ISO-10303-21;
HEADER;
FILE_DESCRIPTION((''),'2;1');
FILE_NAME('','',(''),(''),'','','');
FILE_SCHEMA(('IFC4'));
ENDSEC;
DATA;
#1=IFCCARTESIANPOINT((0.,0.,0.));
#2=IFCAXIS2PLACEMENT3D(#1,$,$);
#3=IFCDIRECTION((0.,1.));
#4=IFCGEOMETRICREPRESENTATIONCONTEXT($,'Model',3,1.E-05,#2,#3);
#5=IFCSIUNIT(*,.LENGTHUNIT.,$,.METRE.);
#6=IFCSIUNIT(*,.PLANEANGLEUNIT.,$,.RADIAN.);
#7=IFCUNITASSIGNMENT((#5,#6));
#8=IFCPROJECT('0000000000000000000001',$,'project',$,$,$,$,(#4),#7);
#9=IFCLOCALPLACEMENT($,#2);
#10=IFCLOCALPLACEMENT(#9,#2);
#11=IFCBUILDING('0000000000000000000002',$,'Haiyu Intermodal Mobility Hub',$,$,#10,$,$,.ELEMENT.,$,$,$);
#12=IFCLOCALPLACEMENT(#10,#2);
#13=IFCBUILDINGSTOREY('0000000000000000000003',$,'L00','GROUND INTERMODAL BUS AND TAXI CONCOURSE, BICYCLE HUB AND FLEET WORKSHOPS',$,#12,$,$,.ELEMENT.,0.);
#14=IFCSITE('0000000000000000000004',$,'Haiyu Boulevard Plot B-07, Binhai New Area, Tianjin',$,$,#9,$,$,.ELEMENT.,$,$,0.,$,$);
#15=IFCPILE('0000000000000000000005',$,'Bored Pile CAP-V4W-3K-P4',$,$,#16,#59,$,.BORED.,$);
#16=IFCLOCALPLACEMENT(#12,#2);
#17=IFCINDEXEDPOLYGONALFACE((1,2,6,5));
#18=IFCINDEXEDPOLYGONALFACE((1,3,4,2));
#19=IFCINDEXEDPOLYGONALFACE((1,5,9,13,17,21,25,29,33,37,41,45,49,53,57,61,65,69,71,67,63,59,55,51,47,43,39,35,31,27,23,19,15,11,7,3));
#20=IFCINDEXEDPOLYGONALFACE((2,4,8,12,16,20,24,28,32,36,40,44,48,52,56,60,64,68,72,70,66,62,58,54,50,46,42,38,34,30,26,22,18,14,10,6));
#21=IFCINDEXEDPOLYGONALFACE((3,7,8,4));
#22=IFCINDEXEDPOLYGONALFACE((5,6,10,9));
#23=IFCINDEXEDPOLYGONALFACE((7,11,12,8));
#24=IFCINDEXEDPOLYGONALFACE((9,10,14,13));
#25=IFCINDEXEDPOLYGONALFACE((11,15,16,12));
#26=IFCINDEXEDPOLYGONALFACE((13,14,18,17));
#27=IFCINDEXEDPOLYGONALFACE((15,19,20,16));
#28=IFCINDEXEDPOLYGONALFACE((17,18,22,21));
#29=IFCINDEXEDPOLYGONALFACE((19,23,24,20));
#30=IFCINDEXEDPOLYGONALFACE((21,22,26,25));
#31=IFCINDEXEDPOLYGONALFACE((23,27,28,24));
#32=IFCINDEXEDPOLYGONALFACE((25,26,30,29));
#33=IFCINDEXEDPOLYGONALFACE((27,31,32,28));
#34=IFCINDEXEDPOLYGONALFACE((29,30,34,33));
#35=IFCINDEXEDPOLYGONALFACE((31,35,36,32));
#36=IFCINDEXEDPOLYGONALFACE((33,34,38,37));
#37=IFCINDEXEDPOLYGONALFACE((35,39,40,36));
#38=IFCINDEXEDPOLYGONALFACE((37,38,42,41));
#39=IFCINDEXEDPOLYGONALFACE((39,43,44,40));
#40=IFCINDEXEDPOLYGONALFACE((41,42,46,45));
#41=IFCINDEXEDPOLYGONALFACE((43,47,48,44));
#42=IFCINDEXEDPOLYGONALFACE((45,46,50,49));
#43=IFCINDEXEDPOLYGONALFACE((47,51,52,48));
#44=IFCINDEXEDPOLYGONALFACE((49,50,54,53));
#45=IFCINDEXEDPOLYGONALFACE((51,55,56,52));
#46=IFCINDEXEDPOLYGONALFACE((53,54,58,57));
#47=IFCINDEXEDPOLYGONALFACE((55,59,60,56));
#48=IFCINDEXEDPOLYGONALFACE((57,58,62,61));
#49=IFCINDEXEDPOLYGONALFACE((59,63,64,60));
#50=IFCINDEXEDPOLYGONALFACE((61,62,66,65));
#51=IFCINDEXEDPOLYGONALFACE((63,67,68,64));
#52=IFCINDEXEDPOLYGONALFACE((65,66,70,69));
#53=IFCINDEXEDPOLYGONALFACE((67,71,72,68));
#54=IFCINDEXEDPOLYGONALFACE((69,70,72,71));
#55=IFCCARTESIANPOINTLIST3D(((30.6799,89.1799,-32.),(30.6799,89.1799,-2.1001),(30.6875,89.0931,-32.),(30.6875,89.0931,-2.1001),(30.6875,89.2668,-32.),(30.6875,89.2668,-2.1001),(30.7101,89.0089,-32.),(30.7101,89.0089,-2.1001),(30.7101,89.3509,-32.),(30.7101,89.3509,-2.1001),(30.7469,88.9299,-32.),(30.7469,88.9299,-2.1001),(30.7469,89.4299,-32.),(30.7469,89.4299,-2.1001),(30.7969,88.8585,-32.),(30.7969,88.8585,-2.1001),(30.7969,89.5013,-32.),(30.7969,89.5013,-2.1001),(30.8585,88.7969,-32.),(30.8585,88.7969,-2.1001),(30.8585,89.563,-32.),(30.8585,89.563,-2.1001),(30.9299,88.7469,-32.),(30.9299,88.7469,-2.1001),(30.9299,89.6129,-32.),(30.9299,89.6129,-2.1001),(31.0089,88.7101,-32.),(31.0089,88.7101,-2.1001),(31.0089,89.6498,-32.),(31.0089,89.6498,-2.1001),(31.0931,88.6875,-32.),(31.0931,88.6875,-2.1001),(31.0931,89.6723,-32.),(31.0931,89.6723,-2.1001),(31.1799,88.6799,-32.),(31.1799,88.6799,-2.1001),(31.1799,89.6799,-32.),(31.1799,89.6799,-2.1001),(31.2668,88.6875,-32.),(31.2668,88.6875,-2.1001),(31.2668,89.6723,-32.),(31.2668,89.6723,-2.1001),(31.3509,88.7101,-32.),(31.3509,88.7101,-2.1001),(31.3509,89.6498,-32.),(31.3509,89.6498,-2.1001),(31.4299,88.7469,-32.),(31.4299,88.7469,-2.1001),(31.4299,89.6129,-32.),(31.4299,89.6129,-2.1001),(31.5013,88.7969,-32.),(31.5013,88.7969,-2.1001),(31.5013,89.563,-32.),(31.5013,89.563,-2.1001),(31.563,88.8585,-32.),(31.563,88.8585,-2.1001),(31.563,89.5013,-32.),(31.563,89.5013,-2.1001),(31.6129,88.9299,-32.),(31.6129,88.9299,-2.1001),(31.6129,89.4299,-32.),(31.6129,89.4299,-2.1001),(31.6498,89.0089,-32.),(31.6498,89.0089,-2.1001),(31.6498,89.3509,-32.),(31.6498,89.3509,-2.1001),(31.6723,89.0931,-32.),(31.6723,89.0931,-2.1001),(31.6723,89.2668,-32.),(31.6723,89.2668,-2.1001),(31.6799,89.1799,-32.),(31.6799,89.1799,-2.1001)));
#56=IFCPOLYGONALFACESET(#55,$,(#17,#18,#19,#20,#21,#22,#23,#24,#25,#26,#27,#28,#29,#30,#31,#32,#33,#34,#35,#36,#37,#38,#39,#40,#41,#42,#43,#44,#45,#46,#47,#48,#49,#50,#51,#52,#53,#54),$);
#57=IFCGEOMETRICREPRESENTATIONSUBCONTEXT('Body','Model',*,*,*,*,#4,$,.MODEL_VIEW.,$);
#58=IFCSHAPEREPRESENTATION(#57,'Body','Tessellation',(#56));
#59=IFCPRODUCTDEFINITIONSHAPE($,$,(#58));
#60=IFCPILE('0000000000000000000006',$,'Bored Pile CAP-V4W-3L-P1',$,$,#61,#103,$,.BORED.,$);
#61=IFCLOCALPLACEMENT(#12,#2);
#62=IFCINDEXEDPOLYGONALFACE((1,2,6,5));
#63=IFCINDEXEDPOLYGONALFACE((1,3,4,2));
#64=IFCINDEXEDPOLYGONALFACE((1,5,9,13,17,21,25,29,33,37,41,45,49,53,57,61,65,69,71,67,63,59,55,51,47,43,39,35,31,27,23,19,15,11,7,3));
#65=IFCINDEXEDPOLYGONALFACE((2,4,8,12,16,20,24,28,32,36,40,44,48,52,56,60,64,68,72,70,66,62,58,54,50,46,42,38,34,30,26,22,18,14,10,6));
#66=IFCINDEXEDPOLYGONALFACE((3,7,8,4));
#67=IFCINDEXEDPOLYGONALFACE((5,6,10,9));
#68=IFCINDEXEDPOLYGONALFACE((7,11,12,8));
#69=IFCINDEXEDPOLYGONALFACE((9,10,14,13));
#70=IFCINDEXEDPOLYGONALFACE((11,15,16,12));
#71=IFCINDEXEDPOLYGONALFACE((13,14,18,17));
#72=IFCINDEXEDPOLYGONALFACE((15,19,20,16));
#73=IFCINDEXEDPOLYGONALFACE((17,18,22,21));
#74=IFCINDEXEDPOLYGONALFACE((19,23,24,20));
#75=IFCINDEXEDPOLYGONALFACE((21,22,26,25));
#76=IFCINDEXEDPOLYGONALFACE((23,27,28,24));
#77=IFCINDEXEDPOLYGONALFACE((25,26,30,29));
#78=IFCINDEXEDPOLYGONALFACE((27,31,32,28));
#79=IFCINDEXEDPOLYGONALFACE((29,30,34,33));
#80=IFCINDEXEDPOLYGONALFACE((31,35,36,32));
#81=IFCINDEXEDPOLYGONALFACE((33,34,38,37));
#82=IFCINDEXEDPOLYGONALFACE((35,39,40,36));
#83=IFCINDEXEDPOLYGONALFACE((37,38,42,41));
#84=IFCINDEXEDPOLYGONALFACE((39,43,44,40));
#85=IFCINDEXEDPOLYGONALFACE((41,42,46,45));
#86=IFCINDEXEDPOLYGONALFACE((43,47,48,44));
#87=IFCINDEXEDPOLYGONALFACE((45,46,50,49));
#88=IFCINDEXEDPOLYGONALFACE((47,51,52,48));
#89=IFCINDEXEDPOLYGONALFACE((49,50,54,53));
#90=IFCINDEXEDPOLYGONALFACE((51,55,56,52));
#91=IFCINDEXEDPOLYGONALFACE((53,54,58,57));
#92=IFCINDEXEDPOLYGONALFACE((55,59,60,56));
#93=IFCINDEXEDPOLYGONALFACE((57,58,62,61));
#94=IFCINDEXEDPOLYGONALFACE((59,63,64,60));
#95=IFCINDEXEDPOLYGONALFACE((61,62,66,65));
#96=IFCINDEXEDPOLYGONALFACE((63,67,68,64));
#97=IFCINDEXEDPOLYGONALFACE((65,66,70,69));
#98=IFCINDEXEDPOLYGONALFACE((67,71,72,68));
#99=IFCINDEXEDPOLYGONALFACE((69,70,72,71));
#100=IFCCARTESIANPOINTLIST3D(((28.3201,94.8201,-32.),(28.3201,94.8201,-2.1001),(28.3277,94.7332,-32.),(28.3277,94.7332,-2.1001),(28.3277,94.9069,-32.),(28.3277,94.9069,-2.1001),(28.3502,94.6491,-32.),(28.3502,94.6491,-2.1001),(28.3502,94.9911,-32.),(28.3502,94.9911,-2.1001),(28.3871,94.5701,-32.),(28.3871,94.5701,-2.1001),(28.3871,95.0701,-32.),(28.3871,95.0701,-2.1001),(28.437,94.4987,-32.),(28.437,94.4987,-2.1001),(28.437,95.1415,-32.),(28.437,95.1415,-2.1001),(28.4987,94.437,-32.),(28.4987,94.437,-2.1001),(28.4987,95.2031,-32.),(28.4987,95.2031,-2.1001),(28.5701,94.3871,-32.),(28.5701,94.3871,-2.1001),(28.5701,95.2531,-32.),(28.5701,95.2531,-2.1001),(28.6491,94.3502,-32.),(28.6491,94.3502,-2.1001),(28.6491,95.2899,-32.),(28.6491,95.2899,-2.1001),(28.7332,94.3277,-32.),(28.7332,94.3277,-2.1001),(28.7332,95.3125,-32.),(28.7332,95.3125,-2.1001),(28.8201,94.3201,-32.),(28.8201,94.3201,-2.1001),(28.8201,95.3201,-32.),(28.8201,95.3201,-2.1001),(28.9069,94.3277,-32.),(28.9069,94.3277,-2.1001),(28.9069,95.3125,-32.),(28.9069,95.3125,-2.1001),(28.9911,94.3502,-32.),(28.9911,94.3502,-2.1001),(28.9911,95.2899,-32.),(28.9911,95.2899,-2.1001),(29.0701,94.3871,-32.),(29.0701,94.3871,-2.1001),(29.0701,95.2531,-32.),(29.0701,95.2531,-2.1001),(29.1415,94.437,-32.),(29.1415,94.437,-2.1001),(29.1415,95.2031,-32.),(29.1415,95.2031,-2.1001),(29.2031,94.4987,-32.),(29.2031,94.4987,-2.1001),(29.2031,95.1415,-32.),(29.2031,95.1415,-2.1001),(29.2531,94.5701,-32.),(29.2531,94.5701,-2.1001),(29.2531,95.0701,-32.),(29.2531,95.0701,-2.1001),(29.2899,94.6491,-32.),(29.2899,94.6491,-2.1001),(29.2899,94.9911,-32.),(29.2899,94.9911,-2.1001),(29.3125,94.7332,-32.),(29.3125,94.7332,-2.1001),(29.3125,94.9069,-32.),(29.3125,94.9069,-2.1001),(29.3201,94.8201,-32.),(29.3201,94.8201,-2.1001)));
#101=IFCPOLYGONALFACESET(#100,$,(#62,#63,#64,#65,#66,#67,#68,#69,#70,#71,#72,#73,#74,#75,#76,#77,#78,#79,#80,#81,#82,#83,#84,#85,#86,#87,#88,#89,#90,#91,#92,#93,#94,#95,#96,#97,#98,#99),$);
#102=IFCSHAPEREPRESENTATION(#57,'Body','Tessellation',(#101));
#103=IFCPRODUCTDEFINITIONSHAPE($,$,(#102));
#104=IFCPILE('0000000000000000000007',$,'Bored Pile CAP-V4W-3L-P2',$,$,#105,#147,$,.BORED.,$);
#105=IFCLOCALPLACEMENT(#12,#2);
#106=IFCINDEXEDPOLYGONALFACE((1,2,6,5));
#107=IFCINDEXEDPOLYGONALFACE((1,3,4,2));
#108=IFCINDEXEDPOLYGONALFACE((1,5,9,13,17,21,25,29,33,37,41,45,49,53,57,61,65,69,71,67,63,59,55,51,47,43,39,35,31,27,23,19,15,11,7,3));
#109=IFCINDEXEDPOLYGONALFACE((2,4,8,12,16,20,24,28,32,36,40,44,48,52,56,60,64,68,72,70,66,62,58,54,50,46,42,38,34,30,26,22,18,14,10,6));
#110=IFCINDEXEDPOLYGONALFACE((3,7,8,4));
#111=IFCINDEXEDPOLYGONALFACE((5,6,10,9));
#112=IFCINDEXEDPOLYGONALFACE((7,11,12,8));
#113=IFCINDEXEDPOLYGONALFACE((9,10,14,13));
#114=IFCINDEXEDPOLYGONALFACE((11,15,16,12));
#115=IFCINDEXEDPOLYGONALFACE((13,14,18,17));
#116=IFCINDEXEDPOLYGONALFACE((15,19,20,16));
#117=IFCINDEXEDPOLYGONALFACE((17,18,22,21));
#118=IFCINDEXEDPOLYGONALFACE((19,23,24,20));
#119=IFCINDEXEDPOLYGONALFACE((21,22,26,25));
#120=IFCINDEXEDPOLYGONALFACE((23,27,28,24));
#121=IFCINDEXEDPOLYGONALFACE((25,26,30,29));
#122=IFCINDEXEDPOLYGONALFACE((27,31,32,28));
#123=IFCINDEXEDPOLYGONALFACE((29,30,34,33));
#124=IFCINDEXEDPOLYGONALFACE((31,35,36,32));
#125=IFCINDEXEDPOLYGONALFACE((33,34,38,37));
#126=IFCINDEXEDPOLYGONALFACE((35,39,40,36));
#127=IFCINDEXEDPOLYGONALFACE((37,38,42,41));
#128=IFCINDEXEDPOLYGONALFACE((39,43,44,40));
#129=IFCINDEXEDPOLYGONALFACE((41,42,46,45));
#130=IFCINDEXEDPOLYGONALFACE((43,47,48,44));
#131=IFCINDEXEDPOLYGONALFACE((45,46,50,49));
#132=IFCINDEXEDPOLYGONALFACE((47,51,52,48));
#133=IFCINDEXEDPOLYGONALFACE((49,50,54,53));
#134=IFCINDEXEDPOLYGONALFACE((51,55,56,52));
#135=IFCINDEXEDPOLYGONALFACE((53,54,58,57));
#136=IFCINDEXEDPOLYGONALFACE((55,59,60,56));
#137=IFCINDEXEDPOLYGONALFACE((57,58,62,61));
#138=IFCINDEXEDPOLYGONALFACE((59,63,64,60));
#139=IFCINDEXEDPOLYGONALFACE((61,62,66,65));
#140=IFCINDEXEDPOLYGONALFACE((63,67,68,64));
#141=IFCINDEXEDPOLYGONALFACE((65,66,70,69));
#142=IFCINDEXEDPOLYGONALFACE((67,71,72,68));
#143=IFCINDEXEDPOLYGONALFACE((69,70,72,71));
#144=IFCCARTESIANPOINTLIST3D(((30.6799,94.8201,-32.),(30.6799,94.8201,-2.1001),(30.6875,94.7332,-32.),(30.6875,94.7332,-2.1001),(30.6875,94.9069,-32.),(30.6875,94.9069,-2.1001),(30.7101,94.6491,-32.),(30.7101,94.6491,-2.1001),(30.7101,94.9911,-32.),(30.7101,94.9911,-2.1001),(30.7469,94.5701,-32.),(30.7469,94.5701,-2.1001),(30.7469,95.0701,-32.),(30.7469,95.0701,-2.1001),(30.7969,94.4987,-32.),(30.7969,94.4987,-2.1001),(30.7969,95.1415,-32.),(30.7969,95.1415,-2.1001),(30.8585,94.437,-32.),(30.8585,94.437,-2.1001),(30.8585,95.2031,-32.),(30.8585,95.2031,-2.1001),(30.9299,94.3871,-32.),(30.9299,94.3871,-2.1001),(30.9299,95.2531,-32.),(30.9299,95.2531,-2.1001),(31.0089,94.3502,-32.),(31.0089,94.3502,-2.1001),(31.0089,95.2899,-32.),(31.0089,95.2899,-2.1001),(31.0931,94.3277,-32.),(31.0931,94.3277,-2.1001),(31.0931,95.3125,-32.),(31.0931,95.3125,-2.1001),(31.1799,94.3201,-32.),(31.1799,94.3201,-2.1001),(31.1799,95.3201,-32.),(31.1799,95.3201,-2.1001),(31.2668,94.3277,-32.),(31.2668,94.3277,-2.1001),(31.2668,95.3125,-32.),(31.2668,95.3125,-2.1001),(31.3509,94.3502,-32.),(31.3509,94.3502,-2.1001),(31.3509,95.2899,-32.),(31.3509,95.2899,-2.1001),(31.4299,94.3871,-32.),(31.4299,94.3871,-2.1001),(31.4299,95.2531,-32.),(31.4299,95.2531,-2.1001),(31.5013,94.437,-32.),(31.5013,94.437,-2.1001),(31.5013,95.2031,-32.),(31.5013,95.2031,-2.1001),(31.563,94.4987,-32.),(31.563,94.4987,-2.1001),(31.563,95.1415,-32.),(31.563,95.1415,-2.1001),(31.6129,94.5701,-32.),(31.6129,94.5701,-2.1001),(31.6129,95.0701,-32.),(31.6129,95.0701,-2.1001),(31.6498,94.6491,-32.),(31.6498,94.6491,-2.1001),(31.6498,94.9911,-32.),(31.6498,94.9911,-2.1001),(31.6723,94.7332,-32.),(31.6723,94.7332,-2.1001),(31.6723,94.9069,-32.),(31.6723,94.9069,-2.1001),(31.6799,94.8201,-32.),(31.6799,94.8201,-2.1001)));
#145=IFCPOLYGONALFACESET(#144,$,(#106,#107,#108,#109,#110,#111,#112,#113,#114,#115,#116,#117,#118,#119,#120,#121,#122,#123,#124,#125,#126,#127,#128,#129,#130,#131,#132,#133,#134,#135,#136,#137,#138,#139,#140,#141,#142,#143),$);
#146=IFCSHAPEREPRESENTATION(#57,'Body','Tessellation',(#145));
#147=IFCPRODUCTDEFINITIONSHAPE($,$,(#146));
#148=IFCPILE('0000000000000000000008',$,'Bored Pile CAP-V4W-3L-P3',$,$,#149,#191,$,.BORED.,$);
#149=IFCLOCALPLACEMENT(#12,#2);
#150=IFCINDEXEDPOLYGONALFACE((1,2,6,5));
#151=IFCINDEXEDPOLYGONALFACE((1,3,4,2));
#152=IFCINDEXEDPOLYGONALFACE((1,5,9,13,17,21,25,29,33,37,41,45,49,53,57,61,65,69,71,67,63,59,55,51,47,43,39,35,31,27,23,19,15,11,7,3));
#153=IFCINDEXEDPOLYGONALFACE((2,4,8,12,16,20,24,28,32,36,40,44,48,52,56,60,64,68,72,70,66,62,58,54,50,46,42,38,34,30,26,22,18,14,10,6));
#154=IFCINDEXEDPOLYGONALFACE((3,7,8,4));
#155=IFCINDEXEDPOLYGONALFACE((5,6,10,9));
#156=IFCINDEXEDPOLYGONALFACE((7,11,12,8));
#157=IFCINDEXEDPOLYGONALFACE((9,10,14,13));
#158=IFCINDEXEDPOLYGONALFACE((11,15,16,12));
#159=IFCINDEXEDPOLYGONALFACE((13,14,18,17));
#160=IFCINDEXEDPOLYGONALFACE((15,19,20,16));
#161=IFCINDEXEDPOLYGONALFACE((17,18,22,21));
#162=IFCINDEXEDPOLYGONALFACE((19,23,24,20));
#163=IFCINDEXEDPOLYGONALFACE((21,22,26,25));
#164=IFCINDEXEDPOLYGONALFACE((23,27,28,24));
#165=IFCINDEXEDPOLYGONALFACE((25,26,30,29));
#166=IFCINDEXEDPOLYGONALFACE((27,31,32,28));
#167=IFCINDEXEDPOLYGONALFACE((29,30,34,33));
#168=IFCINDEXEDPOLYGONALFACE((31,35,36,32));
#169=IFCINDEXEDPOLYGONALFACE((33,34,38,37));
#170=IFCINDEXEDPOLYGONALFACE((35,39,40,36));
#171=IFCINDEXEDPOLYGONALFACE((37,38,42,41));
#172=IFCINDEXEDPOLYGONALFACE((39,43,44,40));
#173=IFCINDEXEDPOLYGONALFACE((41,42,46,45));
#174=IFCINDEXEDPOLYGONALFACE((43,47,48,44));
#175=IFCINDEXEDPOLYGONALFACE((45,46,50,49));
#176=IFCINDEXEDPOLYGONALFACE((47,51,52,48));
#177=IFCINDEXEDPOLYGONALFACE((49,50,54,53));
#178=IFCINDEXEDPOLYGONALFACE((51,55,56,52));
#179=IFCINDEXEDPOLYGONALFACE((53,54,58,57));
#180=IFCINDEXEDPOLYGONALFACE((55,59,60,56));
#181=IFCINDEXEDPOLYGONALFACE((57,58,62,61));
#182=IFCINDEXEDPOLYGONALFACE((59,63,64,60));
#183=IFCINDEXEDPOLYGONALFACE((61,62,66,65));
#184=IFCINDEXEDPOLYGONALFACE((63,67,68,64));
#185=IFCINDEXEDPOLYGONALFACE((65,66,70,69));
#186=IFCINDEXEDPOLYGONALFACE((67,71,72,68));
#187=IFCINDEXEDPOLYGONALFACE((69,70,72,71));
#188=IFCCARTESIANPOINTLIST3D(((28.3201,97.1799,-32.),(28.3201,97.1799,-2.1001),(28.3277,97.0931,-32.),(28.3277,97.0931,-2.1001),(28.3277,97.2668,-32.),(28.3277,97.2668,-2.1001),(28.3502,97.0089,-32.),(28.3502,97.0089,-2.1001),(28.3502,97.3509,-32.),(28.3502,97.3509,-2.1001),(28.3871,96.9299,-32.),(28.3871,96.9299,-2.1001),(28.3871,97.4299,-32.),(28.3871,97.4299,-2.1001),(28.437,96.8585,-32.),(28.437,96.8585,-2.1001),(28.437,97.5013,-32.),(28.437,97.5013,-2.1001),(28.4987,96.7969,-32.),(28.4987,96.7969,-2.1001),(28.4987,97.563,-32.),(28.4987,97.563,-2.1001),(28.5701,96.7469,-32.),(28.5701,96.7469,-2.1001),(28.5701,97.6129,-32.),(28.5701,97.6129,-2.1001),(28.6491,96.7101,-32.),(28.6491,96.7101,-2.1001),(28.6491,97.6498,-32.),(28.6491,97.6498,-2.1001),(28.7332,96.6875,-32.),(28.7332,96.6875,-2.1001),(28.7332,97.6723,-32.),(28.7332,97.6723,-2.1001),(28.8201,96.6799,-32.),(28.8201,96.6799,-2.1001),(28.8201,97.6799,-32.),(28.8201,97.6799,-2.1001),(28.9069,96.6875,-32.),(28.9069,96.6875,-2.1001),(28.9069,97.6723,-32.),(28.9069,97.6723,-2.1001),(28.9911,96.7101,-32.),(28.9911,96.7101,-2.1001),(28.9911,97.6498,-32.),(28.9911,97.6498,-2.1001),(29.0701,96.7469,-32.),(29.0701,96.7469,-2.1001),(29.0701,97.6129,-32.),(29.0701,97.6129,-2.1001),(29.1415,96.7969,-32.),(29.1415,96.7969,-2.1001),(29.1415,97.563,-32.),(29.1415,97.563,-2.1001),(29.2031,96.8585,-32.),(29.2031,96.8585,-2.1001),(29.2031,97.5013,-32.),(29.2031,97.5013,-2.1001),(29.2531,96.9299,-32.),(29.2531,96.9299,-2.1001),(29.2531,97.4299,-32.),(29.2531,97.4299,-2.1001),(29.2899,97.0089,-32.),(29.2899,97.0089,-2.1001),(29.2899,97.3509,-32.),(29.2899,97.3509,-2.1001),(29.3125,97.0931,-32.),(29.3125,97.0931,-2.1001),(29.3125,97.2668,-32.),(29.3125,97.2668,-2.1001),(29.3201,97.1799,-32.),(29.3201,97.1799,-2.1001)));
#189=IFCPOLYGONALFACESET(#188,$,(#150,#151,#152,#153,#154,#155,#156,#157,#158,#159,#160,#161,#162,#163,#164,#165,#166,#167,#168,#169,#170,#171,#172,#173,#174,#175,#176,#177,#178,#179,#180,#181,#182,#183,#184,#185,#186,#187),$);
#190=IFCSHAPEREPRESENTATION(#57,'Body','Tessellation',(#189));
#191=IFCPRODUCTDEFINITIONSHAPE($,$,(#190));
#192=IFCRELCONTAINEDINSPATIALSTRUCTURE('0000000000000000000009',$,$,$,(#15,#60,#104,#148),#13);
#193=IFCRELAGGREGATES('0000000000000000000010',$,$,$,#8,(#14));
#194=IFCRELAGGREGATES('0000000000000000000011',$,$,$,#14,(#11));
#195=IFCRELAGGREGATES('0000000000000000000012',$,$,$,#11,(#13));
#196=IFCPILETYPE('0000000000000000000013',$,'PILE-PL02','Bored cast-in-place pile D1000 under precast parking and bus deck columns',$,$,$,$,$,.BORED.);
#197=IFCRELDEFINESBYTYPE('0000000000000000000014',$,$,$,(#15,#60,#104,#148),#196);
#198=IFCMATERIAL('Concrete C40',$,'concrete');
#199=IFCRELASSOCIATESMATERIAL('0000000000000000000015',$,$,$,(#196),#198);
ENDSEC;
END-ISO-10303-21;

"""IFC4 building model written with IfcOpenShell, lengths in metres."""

from ifc_helpers import new_model, si_unit, direction, frame, origin, origin_2d, place, context, subcontext, project, spatial, circle, extrude, material, material_profile, profile_set, type_object, element, save


model = new_model("IFC4")

# Units and contexts
model_context = context("Model", 3, precision=1e-05, world=origin(), true_north=direction((0.0, 1.0)))
body_context = subcontext(model_context, "Body", "Model", "MODEL_VIEW")
ifc_project = project(units=[si_unit("LENGTHUNIT", "METRE"), si_unit("PLANEANGLEUNIT", "RADIAN")], contexts=[model_context])

# Site, building, storey
site_placement = place(None, origin())
site = spatial("IfcSite", under=ifc_project, at=site_placement, Name="Haiyu Boulevard Plot B-07, Binhai New Area, Tianjin", CompositionType="ELEMENT", RefElevation=0.0)
building_placement = place(site_placement, origin())
building = spatial("IfcBuilding", under=site, at=building_placement, Name="Haiyu Intermodal Mobility Hub", CompositionType="ELEMENT")
storey_placement = place(building_placement, origin())
storey = spatial("IfcBuildingStorey", under=building, at=storey_placement, Name="L00", Description="GROUND INTERMODAL BUS AND TAXI CONCOURSE, BICYCLE HUB AND FLEET WORKSHOPS", CompositionType="ELEMENT", Elevation=0.0)

# Shared definitions
ifc_material_1 = material(Name="Concrete C40", Category="concrete")

# Piles
ifc_material_profile_1 = material_profile(ifc_material_1, circle(Radius=0.5, at=origin_2d()), Name="PILE-D1000")
ifc_profile_set_1 = profile_set([ifc_material_profile_1], Name="Concrete C40")
pile_type = type_object("IfcPileType", Name="PILE-PL02", Description="Bored cast-in-place pile D1000 under precast parking and bus deck columns", PredefinedType="BORED", material=ifc_profile_set_1)
for number, where, z_axis, x_axis, name in (
    (1, (31.1799, 89.1799, -2.1001), (0.0, 0.0, -1.0), (1.0, 0.0, 0.0), "Bored Pile CAP-V4W-3K-P4"),
    (2, (28.8201, 94.8201, -2.1001), (0.0, 0.0, -1.0), (1.0, 0.0, 0.0), "Bored Pile CAP-V4W-3L-P1"),
    (3, (31.1799, 94.8201, -2.1001), (0.0, 0.0, -1.0), (1.0, 0.0, 0.0), "Bored Pile CAP-V4W-3L-P2"),
    (4, (28.8201, 97.1799, -2.1001), (0.0, 0.0, -1.0), (1.0, 0.0, 0.0), "Bored Pile CAP-V4W-3L-P3"),
):
    element("IfcPile", number, at=place(storey_placement, frame(where, z_axis=z_axis, x_axis=x_axis)), inside=storey, type_object=pile_type, Name=name, PredefinedType="BORED", context=body_context, shape_type="SweptSolid", body=[
        extrude(circle(Radius=0.5, at=origin_2d()), origin(), (0.0, 0.0, 1.0), 29.8999),
    ])

save(model, "model.ifc")
